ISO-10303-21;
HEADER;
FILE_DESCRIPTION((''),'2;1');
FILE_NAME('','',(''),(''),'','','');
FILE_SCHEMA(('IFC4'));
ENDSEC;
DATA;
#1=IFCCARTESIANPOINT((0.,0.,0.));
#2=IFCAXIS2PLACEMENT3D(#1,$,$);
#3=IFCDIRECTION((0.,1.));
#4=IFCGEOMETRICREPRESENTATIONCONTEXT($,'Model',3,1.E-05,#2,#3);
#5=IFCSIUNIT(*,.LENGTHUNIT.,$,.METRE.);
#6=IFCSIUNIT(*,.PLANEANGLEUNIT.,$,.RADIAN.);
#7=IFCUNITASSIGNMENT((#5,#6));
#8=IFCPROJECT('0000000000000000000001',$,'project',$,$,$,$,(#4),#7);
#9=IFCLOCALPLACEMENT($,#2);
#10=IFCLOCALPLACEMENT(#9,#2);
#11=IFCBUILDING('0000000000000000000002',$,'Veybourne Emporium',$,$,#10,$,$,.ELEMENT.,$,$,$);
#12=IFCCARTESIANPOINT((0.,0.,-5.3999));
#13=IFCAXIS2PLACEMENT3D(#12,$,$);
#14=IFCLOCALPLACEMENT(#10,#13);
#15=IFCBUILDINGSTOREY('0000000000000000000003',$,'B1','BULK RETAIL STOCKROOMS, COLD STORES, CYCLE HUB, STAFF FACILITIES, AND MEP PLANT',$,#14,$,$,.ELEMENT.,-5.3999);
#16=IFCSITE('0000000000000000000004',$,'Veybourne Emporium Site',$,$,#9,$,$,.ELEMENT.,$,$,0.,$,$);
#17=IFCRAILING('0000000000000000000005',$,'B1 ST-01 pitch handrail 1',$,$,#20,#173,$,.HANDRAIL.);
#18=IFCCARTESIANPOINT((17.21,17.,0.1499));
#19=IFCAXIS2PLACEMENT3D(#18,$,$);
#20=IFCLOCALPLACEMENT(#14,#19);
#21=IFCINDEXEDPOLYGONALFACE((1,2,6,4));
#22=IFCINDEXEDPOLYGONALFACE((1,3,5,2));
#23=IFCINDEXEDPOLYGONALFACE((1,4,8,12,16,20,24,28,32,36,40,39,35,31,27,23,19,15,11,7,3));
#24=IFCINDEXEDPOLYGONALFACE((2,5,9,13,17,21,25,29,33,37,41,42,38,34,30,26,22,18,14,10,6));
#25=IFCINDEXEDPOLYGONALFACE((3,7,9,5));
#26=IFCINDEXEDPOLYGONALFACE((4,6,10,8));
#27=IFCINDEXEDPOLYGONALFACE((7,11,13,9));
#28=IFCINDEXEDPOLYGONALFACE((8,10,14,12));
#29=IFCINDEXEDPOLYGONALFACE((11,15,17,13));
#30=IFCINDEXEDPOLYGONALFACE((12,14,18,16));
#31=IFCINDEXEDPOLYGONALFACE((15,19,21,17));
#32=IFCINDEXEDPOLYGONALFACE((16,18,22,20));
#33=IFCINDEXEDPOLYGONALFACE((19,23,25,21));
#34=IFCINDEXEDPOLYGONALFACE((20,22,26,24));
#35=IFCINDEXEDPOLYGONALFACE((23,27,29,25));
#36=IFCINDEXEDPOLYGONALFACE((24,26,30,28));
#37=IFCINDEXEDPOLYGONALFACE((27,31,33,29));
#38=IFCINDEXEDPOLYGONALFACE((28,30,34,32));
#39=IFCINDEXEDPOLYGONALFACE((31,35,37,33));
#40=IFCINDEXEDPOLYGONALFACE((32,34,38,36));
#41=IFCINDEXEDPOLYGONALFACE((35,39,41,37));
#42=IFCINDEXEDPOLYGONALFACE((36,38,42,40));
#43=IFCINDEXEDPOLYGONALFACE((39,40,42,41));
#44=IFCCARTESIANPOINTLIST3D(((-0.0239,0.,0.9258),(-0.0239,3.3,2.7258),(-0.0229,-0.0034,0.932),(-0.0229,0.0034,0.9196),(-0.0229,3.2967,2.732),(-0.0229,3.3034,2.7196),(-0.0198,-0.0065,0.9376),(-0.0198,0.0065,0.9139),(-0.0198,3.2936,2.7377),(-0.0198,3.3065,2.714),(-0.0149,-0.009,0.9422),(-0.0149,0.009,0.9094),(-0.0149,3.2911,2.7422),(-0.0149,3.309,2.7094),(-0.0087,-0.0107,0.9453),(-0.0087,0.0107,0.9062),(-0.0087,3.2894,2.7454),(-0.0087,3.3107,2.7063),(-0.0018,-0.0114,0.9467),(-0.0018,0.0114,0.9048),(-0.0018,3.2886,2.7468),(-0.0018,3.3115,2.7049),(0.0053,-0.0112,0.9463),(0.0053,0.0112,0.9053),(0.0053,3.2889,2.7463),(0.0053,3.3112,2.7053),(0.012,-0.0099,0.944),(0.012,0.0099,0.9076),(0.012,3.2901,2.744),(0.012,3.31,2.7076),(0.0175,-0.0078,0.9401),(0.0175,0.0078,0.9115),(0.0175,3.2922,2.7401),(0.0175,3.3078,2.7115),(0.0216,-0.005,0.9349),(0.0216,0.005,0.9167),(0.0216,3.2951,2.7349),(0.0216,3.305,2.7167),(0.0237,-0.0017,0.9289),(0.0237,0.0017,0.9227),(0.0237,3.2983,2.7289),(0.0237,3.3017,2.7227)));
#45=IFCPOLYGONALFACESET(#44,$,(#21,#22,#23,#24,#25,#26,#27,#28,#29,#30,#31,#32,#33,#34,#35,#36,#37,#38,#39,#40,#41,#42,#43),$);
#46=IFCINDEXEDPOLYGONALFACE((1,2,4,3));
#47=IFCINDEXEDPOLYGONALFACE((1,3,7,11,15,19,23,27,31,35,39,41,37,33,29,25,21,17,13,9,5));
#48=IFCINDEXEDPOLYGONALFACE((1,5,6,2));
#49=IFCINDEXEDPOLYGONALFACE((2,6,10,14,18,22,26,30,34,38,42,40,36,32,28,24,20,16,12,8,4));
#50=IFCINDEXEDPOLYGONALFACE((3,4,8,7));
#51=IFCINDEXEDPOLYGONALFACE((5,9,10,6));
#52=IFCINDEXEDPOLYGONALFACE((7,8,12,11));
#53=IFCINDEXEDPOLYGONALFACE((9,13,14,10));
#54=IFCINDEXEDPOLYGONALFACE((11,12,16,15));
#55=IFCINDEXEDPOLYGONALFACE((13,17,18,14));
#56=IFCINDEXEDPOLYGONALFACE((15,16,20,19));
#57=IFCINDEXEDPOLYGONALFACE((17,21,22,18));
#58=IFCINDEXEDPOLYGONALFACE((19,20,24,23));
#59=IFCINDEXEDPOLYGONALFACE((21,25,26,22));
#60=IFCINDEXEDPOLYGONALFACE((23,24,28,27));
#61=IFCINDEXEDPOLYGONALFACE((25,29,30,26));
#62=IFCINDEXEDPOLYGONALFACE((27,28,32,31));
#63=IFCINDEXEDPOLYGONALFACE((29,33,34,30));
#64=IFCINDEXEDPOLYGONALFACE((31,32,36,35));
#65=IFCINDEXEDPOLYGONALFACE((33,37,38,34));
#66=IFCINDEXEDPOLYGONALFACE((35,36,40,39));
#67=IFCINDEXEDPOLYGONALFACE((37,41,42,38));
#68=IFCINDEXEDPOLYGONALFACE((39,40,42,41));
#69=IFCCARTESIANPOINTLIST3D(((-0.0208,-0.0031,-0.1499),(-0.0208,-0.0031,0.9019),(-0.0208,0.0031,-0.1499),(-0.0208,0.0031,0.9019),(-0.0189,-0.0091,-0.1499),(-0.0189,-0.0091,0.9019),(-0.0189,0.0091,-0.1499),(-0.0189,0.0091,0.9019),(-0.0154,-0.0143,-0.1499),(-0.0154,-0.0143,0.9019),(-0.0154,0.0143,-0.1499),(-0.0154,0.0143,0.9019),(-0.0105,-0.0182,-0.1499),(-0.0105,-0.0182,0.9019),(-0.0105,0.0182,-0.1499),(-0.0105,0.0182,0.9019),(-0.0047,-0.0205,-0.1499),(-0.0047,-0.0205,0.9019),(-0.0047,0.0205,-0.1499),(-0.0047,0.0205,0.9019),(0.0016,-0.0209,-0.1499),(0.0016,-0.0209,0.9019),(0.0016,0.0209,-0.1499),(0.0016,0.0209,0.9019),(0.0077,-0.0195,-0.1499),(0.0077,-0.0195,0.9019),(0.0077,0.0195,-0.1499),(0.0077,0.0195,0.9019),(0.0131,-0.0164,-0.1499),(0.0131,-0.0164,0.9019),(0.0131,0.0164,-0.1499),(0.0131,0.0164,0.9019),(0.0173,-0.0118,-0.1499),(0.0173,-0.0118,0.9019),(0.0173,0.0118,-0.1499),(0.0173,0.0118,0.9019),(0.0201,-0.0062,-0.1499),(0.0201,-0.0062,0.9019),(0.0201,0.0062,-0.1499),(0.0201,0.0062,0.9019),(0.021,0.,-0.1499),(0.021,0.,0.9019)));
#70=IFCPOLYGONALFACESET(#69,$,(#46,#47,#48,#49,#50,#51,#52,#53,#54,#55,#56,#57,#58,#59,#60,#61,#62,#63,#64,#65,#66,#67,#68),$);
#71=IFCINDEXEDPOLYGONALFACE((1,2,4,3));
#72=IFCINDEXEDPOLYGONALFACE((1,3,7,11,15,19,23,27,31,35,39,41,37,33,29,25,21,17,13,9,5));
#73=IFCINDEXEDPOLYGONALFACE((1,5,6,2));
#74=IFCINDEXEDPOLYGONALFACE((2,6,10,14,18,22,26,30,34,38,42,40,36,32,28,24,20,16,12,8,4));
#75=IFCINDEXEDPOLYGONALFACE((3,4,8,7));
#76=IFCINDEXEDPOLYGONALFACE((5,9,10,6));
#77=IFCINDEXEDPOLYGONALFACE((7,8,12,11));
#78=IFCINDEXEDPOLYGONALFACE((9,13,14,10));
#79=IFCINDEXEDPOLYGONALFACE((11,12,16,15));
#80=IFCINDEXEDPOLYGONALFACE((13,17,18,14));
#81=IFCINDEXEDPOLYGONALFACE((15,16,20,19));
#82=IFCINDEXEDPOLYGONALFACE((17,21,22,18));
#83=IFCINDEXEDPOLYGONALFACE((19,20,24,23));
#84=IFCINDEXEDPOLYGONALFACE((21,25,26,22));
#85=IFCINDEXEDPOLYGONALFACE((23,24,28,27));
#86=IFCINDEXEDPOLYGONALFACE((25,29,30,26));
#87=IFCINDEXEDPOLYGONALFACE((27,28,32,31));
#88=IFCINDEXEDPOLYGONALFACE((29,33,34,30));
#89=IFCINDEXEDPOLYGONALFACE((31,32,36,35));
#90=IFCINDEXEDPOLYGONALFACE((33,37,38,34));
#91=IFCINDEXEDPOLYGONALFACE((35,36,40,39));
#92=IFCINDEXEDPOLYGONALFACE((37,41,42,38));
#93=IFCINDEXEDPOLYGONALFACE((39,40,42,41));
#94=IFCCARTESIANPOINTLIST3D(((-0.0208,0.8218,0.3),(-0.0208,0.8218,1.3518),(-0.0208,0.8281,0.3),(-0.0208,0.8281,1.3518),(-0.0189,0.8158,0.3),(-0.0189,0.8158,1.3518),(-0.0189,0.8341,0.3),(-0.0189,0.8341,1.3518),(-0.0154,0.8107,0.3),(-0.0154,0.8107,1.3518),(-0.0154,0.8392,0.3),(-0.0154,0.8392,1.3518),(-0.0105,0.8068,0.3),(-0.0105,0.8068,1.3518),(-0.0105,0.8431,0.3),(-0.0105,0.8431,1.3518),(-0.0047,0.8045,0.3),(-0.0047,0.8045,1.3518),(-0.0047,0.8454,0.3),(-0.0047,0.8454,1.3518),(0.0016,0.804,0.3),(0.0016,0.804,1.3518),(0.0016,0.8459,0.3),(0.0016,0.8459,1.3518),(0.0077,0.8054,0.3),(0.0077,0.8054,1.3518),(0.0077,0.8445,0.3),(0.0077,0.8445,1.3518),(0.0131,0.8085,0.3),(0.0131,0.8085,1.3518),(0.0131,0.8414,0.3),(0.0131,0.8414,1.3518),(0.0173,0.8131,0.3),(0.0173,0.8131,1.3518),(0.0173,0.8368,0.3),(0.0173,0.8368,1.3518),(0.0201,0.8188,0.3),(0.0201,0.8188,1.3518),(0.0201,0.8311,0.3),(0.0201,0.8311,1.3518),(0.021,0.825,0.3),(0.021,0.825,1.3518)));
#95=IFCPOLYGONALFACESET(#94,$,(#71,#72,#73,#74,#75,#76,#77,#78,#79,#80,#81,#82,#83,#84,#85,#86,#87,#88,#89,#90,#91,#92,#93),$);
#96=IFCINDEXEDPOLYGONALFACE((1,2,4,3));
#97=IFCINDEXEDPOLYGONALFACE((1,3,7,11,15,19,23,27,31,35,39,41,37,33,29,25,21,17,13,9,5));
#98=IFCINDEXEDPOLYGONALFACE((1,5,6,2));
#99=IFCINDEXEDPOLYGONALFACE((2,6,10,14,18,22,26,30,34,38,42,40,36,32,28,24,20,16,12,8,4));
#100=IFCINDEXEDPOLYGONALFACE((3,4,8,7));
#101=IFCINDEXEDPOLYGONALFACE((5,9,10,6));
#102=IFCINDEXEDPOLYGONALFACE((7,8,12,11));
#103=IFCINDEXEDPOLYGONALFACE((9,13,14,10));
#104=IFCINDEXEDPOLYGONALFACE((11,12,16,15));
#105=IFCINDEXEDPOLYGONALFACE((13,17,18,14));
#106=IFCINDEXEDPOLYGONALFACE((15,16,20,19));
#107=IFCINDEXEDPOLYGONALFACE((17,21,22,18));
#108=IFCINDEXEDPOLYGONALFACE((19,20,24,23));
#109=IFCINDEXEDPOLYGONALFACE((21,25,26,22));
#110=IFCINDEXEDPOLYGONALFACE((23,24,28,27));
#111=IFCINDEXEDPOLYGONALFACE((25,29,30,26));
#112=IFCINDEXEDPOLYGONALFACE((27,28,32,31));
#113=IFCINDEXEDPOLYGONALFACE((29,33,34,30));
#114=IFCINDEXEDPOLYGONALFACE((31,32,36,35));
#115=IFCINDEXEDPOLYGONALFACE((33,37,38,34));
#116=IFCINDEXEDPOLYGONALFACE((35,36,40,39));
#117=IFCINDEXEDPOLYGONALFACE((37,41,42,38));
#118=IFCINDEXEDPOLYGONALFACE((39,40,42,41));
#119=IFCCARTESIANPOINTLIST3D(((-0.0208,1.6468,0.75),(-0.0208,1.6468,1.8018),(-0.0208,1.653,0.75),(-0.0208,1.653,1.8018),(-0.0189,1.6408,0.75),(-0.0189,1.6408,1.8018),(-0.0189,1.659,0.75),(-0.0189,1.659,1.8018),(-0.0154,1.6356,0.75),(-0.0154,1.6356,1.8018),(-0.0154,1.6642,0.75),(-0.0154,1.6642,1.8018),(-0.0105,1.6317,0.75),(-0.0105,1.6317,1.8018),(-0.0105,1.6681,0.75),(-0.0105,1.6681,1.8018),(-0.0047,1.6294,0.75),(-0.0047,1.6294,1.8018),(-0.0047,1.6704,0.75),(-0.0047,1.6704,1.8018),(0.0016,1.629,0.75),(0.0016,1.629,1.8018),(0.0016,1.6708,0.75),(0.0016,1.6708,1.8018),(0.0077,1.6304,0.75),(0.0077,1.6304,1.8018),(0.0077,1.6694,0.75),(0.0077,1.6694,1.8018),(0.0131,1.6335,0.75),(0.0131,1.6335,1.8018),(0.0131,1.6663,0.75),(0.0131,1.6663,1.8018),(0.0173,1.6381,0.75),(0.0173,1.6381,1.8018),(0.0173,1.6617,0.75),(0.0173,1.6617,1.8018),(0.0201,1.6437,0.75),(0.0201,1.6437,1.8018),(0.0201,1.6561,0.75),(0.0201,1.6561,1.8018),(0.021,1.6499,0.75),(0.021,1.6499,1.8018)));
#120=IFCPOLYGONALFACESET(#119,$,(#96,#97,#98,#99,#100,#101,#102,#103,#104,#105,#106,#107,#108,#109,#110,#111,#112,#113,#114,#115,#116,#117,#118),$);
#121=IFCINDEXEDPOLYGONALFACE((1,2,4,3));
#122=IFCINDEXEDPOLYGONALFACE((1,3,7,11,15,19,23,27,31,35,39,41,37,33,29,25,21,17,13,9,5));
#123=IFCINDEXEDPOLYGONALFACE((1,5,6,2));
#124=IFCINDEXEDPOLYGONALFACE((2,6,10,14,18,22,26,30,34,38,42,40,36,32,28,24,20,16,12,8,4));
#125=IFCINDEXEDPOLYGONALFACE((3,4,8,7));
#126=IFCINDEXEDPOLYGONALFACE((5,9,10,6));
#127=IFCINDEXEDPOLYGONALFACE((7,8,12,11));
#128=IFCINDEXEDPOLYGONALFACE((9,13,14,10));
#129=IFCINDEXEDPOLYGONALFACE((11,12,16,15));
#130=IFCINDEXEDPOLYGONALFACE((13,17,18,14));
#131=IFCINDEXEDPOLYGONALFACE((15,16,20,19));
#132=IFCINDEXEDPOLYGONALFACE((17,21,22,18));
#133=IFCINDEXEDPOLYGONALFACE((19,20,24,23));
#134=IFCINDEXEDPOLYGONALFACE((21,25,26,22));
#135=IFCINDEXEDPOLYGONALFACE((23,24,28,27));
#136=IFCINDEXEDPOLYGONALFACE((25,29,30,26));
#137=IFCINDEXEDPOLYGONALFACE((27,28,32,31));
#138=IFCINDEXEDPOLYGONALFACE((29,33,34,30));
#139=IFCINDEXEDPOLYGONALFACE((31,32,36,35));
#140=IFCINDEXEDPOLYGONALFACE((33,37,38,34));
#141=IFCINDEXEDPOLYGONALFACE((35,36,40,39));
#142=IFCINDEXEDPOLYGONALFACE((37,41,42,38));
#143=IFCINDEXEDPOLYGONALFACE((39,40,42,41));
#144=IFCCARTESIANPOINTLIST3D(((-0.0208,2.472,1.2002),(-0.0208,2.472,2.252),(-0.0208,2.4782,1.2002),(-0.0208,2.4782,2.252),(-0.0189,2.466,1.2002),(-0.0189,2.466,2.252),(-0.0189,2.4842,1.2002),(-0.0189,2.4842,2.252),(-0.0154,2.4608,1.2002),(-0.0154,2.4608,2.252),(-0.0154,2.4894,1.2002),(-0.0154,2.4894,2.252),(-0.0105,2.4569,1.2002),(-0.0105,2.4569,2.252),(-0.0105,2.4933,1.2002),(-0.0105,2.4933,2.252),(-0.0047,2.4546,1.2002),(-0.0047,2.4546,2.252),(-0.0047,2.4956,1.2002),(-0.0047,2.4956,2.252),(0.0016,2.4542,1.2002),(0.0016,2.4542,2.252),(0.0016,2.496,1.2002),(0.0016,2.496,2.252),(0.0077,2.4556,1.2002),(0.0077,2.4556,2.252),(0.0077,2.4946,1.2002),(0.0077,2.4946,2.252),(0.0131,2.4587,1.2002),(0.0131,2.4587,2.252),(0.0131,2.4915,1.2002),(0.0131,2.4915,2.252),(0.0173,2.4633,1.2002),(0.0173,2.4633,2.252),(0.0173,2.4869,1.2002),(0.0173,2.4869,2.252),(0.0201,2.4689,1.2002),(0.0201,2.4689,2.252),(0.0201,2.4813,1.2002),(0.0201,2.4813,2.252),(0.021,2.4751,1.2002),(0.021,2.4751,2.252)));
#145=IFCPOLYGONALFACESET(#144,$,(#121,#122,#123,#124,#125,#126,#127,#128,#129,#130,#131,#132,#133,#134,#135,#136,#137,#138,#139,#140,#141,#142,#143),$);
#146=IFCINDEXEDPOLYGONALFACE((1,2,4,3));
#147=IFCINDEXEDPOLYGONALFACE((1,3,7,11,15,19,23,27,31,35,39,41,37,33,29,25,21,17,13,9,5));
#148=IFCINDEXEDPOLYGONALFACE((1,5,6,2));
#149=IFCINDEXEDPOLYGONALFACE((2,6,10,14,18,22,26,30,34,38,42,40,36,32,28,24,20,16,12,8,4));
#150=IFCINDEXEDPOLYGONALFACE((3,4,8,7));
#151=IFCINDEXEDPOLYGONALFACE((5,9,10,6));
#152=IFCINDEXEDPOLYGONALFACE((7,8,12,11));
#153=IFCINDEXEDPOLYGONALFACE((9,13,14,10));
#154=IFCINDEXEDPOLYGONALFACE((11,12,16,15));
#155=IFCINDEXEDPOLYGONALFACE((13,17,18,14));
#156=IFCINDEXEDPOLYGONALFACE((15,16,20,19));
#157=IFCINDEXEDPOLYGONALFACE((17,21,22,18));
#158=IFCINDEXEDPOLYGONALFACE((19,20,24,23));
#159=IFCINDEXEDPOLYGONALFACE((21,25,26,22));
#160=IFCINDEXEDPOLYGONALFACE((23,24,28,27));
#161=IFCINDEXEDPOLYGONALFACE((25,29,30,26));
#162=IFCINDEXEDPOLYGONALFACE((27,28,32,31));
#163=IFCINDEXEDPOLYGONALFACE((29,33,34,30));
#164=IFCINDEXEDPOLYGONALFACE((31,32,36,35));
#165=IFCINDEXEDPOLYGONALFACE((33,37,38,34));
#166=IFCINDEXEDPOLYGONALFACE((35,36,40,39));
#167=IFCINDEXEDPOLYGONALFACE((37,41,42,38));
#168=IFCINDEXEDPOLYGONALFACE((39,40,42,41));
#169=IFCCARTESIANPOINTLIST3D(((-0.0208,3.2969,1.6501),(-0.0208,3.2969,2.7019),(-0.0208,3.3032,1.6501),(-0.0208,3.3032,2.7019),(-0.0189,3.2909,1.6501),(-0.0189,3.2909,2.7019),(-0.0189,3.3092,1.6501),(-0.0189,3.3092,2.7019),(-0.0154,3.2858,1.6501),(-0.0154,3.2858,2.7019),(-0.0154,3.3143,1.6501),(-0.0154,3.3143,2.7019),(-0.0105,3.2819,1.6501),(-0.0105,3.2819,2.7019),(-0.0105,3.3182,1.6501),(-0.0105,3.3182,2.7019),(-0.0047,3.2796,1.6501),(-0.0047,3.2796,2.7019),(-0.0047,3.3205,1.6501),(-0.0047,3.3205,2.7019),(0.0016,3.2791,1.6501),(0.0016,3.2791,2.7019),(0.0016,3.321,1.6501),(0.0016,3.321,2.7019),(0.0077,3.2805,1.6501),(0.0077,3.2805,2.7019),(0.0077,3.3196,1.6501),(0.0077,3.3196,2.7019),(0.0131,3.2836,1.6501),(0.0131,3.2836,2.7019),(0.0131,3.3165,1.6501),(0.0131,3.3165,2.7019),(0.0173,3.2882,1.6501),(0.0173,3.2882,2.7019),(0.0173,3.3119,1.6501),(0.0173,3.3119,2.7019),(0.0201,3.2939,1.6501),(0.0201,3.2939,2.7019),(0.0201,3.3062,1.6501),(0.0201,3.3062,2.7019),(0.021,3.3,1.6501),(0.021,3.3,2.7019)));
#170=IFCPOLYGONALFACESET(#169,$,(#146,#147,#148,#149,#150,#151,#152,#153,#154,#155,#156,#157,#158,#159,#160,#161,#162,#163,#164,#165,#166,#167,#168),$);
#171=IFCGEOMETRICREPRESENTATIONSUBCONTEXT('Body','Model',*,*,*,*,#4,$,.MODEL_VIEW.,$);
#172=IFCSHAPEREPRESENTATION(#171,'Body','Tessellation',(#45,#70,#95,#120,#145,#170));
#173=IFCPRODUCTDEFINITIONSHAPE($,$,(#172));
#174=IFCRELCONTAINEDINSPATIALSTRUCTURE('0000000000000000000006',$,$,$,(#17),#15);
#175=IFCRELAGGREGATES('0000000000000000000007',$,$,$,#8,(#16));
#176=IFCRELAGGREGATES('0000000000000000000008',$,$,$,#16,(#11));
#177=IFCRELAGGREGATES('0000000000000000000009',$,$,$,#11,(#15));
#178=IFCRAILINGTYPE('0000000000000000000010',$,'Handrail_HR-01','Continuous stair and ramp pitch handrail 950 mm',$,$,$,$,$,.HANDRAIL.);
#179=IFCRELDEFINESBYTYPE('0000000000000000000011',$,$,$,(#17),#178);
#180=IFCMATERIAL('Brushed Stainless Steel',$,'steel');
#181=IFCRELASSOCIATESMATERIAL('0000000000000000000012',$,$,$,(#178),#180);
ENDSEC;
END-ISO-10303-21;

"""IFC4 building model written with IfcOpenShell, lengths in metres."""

from ifc_helpers import new_model, si_unit, direction, frame, origin, origin_2d, place, context, subcontext, project, spatial, circle, extrude, material, type_object, element, save


model = new_model("IFC4")

# Units and contexts
model_context = context("Model", 3, precision=1e-05, world=origin(), true_north=direction((0.0, 1.0)))
body_context = subcontext(model_context, "Body", "Model", "MODEL_VIEW")
ifc_project = project(units=[si_unit("LENGTHUNIT", "METRE"), si_unit("PLANEANGLEUNIT", "RADIAN")], contexts=[model_context])

# Site, building, storey
site_placement = place(None, origin())
site = spatial("IfcSite", under=ifc_project, at=site_placement, Name="Veybourne Emporium Site", CompositionType="ELEMENT", RefElevation=0.0)
building_placement = place(site_placement, origin())
building = spatial("IfcBuilding", under=site, at=building_placement, Name="Veybourne Emporium", CompositionType="ELEMENT")
storey_placement = place(building_placement, frame((0.0, 0.0, -5.3999)))
storey = spatial("IfcBuildingStorey", under=building, at=storey_placement, Name="B1", Description="BULK RETAIL STOCKROOMS, COLD STORES, CYCLE HUB, STAFF FACILITIES, AND MEP PLANT", CompositionType="ELEMENT", Elevation=-5.3999)

# Railing
ifc_material_1 = material(Name="Brushed Stainless Steel", Category="steel")
railing_type_1 = type_object("IfcRailingType", Name="Handrail_HR-01", Description="Continuous stair and ramp pitch handrail 950 mm", PredefinedType="HANDRAIL", material=ifc_material_1)
railing_1_placement = place(storey_placement, frame((17.21, 17.0, 0.1499)))
element("IfcRailing", 1, at=railing_1_placement, inside=storey, type_object=railing_type_1, Name="B1 ST-01 pitch handrail 1", PredefinedType="HANDRAIL", context=body_context, shape_type="SweptSolid", body=[
    extrude(circle(Radius=0.0239, at=origin_2d()), frame((0.0, 0.0, 0.9258), z_axis=(0.0, 0.877893, 0.478857), x_axis=(-1.0, 0.0, 0.0)), (0.0, 0.0, 1.0), 3.759),
    extrude(circle(Radius=0.021, at=origin_2d()), frame((0.0, 0.0, -0.1499)), (0.0, 0.0, 1.0), 1.0518),
    extrude(circle(Radius=0.021, at=origin_2d()), frame((0.0, 0.825, 0.3)), (0.0, 0.0, 1.0), 1.0518),
    extrude(circle(Radius=0.021, at=origin_2d()), frame((0.0, 1.6499, 0.75)), (0.0, 0.0, 1.0), 1.0518),
    extrude(circle(Radius=0.021, at=origin_2d()), frame((0.0, 2.4751, 1.2002)), (0.0, 0.0, 1.0), 1.0518),
    extrude(circle(Radius=0.021, at=origin_2d()), frame((0.0, 3.3, 1.6501)), (0.0, 0.0, 1.0), 1.0518),
])

save(model, "model.ifc")
